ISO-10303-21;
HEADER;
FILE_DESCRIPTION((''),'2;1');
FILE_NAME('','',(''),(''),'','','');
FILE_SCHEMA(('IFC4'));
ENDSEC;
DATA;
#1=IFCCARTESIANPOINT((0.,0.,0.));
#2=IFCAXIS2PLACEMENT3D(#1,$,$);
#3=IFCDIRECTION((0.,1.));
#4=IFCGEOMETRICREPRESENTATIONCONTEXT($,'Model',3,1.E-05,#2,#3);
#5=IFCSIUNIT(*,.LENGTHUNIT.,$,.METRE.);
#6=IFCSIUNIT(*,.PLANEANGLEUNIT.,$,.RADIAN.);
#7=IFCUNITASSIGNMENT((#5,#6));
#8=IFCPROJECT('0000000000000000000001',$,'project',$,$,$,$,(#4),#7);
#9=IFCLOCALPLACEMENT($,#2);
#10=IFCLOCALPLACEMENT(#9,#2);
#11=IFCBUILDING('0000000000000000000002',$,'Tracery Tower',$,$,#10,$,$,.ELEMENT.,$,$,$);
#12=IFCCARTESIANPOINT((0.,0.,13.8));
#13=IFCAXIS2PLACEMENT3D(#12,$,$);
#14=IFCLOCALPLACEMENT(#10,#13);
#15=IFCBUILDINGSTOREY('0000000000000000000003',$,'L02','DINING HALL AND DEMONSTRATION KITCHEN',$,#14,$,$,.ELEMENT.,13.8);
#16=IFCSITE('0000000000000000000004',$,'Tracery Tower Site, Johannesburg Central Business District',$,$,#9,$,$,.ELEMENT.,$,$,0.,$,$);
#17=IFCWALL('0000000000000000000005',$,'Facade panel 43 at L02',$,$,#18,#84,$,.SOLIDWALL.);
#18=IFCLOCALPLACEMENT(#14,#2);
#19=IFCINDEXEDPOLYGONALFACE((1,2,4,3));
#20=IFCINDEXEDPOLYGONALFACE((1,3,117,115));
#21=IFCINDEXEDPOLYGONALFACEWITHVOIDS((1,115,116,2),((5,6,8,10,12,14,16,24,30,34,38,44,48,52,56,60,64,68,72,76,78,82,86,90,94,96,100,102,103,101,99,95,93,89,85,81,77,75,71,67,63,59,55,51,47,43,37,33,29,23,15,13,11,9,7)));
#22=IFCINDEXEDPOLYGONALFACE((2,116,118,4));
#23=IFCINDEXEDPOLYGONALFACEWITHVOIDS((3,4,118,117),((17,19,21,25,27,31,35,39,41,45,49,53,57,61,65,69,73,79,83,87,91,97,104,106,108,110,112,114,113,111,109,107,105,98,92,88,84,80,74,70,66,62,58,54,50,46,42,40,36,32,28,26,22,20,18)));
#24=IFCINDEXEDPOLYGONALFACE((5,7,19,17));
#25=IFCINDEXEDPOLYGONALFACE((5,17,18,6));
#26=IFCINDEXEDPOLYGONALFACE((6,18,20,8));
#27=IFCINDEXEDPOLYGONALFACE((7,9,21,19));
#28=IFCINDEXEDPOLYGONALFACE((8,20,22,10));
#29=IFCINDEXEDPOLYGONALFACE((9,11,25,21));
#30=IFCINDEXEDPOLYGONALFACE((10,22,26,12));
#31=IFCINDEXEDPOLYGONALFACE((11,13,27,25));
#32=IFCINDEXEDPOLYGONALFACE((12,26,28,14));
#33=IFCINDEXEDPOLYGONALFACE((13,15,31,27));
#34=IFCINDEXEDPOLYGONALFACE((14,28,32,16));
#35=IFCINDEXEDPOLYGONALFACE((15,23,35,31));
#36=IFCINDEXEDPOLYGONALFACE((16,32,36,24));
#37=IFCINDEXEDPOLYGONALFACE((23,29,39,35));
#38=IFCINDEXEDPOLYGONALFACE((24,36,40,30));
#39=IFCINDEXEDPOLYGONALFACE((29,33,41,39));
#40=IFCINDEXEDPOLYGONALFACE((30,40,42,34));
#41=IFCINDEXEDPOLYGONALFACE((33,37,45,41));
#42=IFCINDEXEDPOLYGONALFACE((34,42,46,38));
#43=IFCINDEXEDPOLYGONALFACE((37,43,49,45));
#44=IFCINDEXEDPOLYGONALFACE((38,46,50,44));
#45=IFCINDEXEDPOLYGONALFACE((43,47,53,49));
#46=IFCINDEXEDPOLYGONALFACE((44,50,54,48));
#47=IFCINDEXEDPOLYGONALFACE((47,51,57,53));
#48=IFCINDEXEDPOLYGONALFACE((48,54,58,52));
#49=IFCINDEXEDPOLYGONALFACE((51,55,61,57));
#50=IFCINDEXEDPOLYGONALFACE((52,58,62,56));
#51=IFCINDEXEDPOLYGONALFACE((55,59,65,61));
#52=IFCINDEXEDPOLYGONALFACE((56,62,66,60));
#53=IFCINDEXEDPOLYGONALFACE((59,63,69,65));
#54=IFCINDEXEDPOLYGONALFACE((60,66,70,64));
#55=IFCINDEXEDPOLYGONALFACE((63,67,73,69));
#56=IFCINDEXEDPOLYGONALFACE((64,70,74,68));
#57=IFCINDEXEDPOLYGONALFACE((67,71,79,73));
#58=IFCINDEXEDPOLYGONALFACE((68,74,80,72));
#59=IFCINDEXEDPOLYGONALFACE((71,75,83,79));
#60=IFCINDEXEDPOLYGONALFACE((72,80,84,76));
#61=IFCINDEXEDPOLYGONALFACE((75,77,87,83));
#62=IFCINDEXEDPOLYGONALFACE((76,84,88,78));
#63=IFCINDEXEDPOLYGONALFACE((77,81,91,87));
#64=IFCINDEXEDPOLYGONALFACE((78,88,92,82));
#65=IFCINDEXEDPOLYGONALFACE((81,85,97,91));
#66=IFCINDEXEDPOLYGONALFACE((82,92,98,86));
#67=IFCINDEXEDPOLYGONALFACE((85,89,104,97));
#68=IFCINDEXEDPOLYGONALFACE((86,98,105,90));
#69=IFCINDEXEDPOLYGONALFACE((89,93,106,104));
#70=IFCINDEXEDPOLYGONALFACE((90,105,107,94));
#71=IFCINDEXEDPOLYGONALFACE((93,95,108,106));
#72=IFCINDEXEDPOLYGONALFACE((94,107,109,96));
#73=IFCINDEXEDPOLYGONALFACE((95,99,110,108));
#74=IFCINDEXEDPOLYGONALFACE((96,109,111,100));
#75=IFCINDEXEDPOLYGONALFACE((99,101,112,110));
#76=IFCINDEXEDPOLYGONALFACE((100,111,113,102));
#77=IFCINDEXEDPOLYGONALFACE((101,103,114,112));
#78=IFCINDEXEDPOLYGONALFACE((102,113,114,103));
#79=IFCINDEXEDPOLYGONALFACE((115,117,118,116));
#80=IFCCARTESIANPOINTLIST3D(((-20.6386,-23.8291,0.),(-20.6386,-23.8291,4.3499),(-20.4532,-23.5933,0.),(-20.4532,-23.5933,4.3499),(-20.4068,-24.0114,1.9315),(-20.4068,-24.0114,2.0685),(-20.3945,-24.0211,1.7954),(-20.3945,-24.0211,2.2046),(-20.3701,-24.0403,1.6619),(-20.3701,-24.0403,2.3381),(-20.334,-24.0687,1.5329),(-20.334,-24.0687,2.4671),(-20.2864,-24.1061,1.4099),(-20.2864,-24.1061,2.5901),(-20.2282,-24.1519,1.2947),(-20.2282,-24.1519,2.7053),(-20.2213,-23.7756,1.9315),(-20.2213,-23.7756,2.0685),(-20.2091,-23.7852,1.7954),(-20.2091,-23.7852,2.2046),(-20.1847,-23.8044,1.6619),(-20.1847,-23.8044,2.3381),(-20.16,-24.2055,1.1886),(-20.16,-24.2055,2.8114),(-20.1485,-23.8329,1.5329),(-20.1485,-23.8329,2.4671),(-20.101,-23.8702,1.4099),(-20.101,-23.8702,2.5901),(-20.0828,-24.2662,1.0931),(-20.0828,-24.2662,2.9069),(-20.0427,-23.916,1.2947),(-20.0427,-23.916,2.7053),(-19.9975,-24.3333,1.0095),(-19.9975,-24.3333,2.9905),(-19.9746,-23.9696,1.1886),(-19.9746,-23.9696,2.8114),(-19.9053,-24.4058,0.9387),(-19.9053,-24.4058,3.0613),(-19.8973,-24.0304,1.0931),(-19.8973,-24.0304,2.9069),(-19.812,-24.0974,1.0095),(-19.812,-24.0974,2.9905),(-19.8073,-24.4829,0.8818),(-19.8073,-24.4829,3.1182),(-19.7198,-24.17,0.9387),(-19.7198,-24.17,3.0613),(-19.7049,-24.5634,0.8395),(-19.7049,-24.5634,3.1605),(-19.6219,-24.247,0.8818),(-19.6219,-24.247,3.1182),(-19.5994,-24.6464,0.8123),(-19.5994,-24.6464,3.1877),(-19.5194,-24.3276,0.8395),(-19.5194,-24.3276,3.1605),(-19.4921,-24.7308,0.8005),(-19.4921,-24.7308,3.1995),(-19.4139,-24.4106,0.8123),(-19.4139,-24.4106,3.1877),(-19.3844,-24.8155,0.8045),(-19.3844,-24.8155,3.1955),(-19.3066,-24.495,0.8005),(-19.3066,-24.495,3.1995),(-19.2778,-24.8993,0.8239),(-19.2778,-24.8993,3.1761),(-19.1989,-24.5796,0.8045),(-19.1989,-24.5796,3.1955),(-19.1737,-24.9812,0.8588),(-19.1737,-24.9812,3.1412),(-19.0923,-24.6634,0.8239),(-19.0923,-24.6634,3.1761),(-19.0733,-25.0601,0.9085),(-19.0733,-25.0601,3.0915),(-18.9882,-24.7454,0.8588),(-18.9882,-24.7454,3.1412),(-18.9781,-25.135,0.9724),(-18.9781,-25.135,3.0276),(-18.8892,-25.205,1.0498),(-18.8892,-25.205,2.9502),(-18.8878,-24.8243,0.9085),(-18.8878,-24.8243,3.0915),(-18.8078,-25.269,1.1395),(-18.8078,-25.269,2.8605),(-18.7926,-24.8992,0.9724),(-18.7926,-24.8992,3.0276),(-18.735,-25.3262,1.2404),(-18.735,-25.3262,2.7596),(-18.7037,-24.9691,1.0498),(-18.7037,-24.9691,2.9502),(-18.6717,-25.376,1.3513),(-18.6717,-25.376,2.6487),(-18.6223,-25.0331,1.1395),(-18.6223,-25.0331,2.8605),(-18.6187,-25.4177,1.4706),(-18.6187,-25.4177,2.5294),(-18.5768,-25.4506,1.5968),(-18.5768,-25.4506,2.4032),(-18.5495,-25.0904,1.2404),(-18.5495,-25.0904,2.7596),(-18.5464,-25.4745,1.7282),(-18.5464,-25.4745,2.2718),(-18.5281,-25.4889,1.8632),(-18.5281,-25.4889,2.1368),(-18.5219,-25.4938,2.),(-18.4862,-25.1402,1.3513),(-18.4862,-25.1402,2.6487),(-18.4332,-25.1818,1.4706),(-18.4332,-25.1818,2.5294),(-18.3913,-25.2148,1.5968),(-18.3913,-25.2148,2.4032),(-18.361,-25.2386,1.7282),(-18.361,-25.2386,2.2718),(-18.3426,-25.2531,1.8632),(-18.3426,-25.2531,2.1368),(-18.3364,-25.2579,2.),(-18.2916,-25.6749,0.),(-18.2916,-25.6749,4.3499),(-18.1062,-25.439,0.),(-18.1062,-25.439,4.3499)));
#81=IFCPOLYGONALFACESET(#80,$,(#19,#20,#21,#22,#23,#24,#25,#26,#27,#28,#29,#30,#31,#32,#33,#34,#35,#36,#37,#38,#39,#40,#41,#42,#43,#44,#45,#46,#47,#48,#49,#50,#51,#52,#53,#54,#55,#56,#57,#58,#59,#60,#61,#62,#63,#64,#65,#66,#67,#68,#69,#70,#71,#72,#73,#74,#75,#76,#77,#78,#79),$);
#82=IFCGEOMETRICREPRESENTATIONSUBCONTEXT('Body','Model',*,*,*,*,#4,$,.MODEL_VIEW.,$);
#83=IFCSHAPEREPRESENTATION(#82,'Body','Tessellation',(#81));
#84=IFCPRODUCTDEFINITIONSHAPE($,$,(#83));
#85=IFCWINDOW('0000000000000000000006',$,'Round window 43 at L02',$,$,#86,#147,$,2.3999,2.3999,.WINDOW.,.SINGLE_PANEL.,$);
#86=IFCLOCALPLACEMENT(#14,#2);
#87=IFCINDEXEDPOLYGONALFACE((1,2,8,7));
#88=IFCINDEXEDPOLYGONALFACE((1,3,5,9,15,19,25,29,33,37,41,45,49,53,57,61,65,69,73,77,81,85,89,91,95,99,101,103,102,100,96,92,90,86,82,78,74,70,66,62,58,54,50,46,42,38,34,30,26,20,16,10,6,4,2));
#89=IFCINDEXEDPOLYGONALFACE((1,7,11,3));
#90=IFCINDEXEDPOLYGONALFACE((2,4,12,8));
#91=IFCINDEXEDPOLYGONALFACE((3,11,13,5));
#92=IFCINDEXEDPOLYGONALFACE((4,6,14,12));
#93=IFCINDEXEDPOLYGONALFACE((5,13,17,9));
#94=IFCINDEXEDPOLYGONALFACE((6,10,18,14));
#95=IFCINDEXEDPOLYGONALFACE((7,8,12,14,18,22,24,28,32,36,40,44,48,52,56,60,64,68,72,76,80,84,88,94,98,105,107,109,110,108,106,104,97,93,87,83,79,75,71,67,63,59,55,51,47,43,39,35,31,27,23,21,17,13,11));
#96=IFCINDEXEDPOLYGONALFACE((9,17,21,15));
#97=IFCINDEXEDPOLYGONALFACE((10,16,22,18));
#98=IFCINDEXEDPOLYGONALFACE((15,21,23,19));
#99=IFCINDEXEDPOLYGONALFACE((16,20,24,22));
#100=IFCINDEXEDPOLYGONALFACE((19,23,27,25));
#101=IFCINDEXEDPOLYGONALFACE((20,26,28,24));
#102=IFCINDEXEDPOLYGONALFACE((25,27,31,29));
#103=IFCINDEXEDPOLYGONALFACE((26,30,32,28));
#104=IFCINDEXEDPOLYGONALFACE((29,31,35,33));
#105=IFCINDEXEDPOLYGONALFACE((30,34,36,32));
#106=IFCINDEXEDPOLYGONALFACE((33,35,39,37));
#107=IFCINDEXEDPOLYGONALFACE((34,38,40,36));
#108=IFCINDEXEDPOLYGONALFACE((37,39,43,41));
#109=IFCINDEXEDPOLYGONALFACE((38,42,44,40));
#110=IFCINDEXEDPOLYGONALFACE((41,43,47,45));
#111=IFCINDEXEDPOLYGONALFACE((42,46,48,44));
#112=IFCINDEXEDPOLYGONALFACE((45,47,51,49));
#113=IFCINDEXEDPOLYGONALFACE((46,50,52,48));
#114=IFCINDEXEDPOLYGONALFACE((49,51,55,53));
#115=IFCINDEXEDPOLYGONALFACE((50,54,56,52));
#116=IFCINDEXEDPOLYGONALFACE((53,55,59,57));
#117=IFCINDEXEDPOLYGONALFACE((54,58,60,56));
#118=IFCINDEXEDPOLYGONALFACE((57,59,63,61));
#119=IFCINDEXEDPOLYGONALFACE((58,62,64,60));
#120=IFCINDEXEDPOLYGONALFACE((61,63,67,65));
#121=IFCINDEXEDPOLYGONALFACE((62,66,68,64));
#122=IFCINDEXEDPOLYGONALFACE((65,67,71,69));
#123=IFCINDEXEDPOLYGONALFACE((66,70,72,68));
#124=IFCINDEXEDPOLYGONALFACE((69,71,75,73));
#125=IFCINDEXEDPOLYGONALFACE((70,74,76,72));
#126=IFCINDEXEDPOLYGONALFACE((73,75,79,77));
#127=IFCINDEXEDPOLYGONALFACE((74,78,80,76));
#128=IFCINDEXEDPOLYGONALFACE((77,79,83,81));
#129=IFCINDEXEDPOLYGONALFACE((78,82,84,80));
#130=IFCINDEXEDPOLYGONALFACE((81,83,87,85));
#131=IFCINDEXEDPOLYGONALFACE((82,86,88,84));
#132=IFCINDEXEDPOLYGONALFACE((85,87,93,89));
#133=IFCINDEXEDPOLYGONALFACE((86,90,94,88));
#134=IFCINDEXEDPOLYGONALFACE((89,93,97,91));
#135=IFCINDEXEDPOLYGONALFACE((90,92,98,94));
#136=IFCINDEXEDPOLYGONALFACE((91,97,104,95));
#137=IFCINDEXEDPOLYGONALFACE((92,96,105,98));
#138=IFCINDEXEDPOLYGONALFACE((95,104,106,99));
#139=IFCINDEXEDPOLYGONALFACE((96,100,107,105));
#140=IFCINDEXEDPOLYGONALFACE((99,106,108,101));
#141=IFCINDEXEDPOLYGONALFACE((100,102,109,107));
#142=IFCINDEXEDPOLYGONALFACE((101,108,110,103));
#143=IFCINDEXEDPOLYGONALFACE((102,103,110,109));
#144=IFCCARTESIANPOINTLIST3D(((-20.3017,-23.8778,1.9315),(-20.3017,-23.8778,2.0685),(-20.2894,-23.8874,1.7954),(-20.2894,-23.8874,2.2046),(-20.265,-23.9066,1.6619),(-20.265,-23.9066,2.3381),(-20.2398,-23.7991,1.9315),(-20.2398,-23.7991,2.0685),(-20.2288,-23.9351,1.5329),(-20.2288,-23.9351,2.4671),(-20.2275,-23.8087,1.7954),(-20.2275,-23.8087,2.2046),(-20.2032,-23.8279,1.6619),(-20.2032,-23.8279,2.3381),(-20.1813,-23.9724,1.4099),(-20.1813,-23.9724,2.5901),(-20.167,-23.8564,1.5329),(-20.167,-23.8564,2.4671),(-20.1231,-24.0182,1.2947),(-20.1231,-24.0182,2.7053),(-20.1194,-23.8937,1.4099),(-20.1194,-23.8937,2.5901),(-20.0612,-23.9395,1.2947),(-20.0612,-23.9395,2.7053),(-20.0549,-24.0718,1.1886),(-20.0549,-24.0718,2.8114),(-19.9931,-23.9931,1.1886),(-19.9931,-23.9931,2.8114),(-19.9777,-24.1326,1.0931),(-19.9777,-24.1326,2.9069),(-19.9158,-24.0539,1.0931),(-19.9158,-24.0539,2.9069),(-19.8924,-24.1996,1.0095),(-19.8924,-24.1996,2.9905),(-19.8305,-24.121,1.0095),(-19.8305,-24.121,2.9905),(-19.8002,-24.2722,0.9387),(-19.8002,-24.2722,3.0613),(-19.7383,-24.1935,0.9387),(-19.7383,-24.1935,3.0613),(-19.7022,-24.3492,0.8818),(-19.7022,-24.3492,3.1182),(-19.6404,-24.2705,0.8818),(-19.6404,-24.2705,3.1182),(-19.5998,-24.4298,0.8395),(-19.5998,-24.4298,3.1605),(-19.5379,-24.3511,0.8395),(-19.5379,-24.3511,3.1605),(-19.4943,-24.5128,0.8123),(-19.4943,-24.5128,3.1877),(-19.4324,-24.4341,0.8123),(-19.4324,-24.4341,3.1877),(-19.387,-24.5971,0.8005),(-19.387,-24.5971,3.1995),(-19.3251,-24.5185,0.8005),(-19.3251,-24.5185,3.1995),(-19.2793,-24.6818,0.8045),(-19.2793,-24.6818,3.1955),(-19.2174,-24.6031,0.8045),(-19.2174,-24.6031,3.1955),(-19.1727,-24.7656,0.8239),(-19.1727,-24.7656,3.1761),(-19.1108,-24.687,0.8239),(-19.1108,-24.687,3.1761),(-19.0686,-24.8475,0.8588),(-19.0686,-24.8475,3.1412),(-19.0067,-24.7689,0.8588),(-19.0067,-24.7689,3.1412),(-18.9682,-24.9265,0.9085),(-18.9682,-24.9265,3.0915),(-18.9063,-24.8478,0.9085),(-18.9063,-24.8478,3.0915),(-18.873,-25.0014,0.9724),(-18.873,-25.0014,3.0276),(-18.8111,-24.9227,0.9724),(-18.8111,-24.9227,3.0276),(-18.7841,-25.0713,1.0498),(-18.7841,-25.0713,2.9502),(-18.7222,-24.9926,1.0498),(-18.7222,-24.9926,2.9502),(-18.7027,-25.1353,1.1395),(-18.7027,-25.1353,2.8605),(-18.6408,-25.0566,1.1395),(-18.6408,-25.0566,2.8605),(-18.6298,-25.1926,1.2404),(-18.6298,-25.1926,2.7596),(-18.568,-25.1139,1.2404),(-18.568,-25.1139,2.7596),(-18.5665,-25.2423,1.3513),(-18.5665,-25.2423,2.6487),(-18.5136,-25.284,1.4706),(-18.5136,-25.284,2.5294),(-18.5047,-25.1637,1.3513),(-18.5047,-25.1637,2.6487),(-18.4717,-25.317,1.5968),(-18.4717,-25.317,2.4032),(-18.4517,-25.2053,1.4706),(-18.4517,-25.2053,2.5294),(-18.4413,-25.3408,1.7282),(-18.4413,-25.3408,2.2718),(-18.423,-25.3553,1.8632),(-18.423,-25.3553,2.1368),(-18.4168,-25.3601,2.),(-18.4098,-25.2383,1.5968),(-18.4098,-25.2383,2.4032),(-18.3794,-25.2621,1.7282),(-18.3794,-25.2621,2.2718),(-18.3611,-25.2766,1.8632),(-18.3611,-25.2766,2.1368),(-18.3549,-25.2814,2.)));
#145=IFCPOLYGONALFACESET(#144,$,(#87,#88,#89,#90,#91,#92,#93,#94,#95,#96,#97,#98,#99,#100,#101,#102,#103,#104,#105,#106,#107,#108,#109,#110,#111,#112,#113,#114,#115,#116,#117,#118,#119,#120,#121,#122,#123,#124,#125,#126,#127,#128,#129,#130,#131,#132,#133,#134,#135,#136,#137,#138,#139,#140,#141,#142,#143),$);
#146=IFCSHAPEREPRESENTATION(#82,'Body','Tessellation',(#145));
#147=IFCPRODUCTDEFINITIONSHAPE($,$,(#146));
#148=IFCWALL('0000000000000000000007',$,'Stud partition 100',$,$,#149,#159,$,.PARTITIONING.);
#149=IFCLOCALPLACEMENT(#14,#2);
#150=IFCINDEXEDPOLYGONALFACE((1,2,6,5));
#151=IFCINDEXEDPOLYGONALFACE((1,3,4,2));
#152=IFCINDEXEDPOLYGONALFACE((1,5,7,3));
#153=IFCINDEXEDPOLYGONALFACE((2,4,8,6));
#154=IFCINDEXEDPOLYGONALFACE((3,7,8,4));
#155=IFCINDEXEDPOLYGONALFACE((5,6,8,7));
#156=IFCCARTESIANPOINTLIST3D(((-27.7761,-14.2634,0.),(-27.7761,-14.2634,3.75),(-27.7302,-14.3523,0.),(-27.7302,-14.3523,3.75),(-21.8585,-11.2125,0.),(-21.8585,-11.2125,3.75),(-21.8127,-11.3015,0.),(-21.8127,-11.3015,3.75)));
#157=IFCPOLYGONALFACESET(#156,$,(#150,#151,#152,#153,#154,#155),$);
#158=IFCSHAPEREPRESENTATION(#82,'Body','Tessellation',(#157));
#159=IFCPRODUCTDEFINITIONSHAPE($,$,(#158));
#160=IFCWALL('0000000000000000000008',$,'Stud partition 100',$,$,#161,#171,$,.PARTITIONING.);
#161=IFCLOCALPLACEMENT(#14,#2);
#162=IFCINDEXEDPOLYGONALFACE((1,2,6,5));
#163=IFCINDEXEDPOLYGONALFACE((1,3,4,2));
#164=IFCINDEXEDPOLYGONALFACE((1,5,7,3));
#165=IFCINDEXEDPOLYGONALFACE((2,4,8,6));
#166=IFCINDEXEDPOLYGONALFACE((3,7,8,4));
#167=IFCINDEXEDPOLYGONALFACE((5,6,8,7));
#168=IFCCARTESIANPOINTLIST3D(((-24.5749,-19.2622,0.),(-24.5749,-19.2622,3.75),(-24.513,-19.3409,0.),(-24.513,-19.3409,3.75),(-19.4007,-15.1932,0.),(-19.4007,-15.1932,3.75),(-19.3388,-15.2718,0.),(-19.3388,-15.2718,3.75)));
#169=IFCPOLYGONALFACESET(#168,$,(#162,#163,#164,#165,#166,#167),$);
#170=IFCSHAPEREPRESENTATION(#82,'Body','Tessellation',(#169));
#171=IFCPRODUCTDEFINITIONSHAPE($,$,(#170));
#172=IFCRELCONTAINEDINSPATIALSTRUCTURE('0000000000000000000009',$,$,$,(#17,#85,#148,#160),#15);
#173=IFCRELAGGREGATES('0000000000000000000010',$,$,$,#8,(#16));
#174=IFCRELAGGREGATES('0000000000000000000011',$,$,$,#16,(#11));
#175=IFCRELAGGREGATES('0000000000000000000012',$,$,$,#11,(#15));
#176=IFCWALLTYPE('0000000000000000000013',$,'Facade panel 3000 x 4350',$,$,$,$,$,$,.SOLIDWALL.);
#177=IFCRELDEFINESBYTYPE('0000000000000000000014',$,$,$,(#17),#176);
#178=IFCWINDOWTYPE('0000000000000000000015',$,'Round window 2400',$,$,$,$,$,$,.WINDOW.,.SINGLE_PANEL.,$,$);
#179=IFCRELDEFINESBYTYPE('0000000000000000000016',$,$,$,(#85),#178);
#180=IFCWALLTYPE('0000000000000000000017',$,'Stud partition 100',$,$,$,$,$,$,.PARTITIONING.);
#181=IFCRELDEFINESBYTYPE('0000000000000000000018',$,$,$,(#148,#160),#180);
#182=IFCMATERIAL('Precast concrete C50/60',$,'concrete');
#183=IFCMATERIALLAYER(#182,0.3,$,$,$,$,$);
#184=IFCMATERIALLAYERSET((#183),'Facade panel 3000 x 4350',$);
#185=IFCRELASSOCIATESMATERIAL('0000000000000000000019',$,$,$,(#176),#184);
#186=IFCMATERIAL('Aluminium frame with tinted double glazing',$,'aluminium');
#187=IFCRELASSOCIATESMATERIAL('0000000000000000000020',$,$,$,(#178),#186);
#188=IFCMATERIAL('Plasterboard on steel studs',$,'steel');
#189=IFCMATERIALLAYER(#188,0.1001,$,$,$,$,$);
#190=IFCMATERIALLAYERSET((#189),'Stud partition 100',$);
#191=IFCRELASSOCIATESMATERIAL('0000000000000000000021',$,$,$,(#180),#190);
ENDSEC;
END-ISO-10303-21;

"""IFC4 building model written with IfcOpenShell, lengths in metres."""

from ifc_helpers import new_model, si_unit, direction, frame, frame_2d, origin, origin_2d, place, context, subcontext, project, spatial, rectangle, circle, extrude, material, layer, layer_set, type_object, element, fill, save


model = new_model("IFC4")

# Units and contexts
model_context = context("Model", 3, precision=1e-05, world=origin(), true_north=direction((0.0, 1.0)))
body_context = subcontext(model_context, "Body", "Model", "MODEL_VIEW")
ifc_project = project(units=[si_unit("LENGTHUNIT", "METRE"), si_unit("PLANEANGLEUNIT", "RADIAN")], contexts=[model_context])

# Site, building, storey
site_placement = place(None, origin())
site = spatial("IfcSite", under=ifc_project, at=site_placement, Name="Tracery Tower Site, Johannesburg Central Business District", CompositionType="ELEMENT", RefElevation=0.0)
building_placement = place(site_placement, origin())
building = spatial("IfcBuilding", under=site, at=building_placement, Name="Tracery Tower", CompositionType="ELEMENT")
storey_placement = place(building_placement, frame((0.0, 0.0, 13.8)))
storey = spatial("IfcBuildingStorey", under=building, at=storey_placement, Name="L02", Description="DINING HALL AND DEMONSTRATION KITCHEN", CompositionType="ELEMENT", Elevation=13.8)

# Wall, opening, window
ifc_material_1 = material(Name="Precast concrete C50/60", Category="concrete")
ifc_layer_1 = layer(ifc_material_1, 0.3)
ifc_layer_set_1 = layer_set([ifc_layer_1], Name="Facade panel 3000 x 4350")
wall_type_1 = type_object("IfcWallType", Name="Facade panel 3000 x 4350", PredefinedType="SOLIDWALL", material=ifc_layer_set_1)
ifc_material_2 = material(Name="Aluminium frame with tinted double glazing", Category="aluminium")
window_type = type_object("IfcWindowType", Name="Round window 2400", PartitioningType="SINGLE_PANEL", PredefinedType="WINDOW", material=ifc_material_2)
wall_1_placement = place(storey_placement, frame((-20.5459, -23.7112, 0.0), z_axis=(0.0, 0.0, 1.0), x_axis=(0.786043, -0.618172, 0.0)))
wall_1 = element("IfcWall", 1, at=wall_1_placement, inside=storey, type_object=wall_type_1, Name="Facade panel 43 at L02", PredefinedType="SOLIDWALL", context=body_context, shape_type="SweptSolid", body=[
    extrude(rectangle(XDim=2.9858, YDim=0.3, at=frame_2d((1.4929, 0.0))), origin(), (0.0, 0.0, 1.0), 4.3499),
])
opening_1_placement = place(wall_1_placement, frame((1.4929, 0.0, 2.0)))
opening_1 = element("IfcOpeningElement", 2, at=opening_1_placement, cuts=wall_1, PredefinedType="OPENING", context=body_context, shape_type="SweptSolid", body=[
    extrude(circle(Radius=1.2, at=origin_2d()), frame((0.0, 0.1599, 0.0), z_axis=(0.0, -1.0, 0.0), x_axis=(1.0, 0.0, 0.0)), (0.0, 0.0, 1.0), 0.3201),
])
window_1_placement = place(opening_1_placement, origin())
window_1 = element("IfcWindow", 3, at=window_1_placement, inside=storey, type_object=window_type, Name="Round window 43 at L02", OverallHeight=2.3999, OverallWidth=2.3999, PartitioningType="SINGLE_PANEL", PredefinedType="WINDOW", context=body_context, shape_type="SweptSolid", body=[
    extrude(circle(Radius=1.2, at=origin_2d()), frame((0.0, 0.1201, 0.0), z_axis=(0.0, -1.0, 0.0), x_axis=(1.0, 0.0, 0.0)), (0.0, 0.0, 1.0), 0.1001),
])
fill(opening_1, window_1)

# Walls
ifc_material_3 = material(Name="Plasterboard on steel studs", Category="steel")
ifc_layer_2 = layer(ifc_material_3, 0.1001)
ifc_layer_set_2 = layer_set([ifc_layer_2], Name="Stud partition 100")
wall_type_2 = type_object("IfcWallType", Name="Stud partition 100", PredefinedType="PARTITIONING", material=ifc_layer_set_2)
wall_2_placement = place(storey_placement, frame((-27.7532, -14.3079, 0.0), z_axis=(0.0, 0.0, 1.0), x_axis=(0.888829, 0.458239, 0.0)))
element("IfcWall", 4, at=wall_2_placement, inside=storey, type_object=wall_type_2, Name="Stud partition 100", PredefinedType="PARTITIONING", context=body_context, shape_type="SweptSolid", body=[
    extrude(rectangle(XDim=6.6577, YDim=0.1001, at=frame_2d((3.3289, 0.0))), origin(), (0.0, 0.0, 1.0), 3.75),
])
wall_3_placement = place(storey_placement, frame((-24.5439, -19.3015, 0.0), z_axis=(0.0, 0.0, 1.0), x_axis=(0.786056, 0.618156, 0.0)))
element("IfcWall", 5, at=wall_3_placement, inside=storey, type_object=wall_type_2, Name="Stud partition 100", PredefinedType="PARTITIONING", context=body_context, shape_type="SweptSolid", body=[
    extrude(rectangle(XDim=6.5825, YDim=0.1001, at=frame_2d((3.2913, 0.0))), origin(), (0.0, 0.0, 1.0), 3.75),
])

save(model, "model.ifc")
